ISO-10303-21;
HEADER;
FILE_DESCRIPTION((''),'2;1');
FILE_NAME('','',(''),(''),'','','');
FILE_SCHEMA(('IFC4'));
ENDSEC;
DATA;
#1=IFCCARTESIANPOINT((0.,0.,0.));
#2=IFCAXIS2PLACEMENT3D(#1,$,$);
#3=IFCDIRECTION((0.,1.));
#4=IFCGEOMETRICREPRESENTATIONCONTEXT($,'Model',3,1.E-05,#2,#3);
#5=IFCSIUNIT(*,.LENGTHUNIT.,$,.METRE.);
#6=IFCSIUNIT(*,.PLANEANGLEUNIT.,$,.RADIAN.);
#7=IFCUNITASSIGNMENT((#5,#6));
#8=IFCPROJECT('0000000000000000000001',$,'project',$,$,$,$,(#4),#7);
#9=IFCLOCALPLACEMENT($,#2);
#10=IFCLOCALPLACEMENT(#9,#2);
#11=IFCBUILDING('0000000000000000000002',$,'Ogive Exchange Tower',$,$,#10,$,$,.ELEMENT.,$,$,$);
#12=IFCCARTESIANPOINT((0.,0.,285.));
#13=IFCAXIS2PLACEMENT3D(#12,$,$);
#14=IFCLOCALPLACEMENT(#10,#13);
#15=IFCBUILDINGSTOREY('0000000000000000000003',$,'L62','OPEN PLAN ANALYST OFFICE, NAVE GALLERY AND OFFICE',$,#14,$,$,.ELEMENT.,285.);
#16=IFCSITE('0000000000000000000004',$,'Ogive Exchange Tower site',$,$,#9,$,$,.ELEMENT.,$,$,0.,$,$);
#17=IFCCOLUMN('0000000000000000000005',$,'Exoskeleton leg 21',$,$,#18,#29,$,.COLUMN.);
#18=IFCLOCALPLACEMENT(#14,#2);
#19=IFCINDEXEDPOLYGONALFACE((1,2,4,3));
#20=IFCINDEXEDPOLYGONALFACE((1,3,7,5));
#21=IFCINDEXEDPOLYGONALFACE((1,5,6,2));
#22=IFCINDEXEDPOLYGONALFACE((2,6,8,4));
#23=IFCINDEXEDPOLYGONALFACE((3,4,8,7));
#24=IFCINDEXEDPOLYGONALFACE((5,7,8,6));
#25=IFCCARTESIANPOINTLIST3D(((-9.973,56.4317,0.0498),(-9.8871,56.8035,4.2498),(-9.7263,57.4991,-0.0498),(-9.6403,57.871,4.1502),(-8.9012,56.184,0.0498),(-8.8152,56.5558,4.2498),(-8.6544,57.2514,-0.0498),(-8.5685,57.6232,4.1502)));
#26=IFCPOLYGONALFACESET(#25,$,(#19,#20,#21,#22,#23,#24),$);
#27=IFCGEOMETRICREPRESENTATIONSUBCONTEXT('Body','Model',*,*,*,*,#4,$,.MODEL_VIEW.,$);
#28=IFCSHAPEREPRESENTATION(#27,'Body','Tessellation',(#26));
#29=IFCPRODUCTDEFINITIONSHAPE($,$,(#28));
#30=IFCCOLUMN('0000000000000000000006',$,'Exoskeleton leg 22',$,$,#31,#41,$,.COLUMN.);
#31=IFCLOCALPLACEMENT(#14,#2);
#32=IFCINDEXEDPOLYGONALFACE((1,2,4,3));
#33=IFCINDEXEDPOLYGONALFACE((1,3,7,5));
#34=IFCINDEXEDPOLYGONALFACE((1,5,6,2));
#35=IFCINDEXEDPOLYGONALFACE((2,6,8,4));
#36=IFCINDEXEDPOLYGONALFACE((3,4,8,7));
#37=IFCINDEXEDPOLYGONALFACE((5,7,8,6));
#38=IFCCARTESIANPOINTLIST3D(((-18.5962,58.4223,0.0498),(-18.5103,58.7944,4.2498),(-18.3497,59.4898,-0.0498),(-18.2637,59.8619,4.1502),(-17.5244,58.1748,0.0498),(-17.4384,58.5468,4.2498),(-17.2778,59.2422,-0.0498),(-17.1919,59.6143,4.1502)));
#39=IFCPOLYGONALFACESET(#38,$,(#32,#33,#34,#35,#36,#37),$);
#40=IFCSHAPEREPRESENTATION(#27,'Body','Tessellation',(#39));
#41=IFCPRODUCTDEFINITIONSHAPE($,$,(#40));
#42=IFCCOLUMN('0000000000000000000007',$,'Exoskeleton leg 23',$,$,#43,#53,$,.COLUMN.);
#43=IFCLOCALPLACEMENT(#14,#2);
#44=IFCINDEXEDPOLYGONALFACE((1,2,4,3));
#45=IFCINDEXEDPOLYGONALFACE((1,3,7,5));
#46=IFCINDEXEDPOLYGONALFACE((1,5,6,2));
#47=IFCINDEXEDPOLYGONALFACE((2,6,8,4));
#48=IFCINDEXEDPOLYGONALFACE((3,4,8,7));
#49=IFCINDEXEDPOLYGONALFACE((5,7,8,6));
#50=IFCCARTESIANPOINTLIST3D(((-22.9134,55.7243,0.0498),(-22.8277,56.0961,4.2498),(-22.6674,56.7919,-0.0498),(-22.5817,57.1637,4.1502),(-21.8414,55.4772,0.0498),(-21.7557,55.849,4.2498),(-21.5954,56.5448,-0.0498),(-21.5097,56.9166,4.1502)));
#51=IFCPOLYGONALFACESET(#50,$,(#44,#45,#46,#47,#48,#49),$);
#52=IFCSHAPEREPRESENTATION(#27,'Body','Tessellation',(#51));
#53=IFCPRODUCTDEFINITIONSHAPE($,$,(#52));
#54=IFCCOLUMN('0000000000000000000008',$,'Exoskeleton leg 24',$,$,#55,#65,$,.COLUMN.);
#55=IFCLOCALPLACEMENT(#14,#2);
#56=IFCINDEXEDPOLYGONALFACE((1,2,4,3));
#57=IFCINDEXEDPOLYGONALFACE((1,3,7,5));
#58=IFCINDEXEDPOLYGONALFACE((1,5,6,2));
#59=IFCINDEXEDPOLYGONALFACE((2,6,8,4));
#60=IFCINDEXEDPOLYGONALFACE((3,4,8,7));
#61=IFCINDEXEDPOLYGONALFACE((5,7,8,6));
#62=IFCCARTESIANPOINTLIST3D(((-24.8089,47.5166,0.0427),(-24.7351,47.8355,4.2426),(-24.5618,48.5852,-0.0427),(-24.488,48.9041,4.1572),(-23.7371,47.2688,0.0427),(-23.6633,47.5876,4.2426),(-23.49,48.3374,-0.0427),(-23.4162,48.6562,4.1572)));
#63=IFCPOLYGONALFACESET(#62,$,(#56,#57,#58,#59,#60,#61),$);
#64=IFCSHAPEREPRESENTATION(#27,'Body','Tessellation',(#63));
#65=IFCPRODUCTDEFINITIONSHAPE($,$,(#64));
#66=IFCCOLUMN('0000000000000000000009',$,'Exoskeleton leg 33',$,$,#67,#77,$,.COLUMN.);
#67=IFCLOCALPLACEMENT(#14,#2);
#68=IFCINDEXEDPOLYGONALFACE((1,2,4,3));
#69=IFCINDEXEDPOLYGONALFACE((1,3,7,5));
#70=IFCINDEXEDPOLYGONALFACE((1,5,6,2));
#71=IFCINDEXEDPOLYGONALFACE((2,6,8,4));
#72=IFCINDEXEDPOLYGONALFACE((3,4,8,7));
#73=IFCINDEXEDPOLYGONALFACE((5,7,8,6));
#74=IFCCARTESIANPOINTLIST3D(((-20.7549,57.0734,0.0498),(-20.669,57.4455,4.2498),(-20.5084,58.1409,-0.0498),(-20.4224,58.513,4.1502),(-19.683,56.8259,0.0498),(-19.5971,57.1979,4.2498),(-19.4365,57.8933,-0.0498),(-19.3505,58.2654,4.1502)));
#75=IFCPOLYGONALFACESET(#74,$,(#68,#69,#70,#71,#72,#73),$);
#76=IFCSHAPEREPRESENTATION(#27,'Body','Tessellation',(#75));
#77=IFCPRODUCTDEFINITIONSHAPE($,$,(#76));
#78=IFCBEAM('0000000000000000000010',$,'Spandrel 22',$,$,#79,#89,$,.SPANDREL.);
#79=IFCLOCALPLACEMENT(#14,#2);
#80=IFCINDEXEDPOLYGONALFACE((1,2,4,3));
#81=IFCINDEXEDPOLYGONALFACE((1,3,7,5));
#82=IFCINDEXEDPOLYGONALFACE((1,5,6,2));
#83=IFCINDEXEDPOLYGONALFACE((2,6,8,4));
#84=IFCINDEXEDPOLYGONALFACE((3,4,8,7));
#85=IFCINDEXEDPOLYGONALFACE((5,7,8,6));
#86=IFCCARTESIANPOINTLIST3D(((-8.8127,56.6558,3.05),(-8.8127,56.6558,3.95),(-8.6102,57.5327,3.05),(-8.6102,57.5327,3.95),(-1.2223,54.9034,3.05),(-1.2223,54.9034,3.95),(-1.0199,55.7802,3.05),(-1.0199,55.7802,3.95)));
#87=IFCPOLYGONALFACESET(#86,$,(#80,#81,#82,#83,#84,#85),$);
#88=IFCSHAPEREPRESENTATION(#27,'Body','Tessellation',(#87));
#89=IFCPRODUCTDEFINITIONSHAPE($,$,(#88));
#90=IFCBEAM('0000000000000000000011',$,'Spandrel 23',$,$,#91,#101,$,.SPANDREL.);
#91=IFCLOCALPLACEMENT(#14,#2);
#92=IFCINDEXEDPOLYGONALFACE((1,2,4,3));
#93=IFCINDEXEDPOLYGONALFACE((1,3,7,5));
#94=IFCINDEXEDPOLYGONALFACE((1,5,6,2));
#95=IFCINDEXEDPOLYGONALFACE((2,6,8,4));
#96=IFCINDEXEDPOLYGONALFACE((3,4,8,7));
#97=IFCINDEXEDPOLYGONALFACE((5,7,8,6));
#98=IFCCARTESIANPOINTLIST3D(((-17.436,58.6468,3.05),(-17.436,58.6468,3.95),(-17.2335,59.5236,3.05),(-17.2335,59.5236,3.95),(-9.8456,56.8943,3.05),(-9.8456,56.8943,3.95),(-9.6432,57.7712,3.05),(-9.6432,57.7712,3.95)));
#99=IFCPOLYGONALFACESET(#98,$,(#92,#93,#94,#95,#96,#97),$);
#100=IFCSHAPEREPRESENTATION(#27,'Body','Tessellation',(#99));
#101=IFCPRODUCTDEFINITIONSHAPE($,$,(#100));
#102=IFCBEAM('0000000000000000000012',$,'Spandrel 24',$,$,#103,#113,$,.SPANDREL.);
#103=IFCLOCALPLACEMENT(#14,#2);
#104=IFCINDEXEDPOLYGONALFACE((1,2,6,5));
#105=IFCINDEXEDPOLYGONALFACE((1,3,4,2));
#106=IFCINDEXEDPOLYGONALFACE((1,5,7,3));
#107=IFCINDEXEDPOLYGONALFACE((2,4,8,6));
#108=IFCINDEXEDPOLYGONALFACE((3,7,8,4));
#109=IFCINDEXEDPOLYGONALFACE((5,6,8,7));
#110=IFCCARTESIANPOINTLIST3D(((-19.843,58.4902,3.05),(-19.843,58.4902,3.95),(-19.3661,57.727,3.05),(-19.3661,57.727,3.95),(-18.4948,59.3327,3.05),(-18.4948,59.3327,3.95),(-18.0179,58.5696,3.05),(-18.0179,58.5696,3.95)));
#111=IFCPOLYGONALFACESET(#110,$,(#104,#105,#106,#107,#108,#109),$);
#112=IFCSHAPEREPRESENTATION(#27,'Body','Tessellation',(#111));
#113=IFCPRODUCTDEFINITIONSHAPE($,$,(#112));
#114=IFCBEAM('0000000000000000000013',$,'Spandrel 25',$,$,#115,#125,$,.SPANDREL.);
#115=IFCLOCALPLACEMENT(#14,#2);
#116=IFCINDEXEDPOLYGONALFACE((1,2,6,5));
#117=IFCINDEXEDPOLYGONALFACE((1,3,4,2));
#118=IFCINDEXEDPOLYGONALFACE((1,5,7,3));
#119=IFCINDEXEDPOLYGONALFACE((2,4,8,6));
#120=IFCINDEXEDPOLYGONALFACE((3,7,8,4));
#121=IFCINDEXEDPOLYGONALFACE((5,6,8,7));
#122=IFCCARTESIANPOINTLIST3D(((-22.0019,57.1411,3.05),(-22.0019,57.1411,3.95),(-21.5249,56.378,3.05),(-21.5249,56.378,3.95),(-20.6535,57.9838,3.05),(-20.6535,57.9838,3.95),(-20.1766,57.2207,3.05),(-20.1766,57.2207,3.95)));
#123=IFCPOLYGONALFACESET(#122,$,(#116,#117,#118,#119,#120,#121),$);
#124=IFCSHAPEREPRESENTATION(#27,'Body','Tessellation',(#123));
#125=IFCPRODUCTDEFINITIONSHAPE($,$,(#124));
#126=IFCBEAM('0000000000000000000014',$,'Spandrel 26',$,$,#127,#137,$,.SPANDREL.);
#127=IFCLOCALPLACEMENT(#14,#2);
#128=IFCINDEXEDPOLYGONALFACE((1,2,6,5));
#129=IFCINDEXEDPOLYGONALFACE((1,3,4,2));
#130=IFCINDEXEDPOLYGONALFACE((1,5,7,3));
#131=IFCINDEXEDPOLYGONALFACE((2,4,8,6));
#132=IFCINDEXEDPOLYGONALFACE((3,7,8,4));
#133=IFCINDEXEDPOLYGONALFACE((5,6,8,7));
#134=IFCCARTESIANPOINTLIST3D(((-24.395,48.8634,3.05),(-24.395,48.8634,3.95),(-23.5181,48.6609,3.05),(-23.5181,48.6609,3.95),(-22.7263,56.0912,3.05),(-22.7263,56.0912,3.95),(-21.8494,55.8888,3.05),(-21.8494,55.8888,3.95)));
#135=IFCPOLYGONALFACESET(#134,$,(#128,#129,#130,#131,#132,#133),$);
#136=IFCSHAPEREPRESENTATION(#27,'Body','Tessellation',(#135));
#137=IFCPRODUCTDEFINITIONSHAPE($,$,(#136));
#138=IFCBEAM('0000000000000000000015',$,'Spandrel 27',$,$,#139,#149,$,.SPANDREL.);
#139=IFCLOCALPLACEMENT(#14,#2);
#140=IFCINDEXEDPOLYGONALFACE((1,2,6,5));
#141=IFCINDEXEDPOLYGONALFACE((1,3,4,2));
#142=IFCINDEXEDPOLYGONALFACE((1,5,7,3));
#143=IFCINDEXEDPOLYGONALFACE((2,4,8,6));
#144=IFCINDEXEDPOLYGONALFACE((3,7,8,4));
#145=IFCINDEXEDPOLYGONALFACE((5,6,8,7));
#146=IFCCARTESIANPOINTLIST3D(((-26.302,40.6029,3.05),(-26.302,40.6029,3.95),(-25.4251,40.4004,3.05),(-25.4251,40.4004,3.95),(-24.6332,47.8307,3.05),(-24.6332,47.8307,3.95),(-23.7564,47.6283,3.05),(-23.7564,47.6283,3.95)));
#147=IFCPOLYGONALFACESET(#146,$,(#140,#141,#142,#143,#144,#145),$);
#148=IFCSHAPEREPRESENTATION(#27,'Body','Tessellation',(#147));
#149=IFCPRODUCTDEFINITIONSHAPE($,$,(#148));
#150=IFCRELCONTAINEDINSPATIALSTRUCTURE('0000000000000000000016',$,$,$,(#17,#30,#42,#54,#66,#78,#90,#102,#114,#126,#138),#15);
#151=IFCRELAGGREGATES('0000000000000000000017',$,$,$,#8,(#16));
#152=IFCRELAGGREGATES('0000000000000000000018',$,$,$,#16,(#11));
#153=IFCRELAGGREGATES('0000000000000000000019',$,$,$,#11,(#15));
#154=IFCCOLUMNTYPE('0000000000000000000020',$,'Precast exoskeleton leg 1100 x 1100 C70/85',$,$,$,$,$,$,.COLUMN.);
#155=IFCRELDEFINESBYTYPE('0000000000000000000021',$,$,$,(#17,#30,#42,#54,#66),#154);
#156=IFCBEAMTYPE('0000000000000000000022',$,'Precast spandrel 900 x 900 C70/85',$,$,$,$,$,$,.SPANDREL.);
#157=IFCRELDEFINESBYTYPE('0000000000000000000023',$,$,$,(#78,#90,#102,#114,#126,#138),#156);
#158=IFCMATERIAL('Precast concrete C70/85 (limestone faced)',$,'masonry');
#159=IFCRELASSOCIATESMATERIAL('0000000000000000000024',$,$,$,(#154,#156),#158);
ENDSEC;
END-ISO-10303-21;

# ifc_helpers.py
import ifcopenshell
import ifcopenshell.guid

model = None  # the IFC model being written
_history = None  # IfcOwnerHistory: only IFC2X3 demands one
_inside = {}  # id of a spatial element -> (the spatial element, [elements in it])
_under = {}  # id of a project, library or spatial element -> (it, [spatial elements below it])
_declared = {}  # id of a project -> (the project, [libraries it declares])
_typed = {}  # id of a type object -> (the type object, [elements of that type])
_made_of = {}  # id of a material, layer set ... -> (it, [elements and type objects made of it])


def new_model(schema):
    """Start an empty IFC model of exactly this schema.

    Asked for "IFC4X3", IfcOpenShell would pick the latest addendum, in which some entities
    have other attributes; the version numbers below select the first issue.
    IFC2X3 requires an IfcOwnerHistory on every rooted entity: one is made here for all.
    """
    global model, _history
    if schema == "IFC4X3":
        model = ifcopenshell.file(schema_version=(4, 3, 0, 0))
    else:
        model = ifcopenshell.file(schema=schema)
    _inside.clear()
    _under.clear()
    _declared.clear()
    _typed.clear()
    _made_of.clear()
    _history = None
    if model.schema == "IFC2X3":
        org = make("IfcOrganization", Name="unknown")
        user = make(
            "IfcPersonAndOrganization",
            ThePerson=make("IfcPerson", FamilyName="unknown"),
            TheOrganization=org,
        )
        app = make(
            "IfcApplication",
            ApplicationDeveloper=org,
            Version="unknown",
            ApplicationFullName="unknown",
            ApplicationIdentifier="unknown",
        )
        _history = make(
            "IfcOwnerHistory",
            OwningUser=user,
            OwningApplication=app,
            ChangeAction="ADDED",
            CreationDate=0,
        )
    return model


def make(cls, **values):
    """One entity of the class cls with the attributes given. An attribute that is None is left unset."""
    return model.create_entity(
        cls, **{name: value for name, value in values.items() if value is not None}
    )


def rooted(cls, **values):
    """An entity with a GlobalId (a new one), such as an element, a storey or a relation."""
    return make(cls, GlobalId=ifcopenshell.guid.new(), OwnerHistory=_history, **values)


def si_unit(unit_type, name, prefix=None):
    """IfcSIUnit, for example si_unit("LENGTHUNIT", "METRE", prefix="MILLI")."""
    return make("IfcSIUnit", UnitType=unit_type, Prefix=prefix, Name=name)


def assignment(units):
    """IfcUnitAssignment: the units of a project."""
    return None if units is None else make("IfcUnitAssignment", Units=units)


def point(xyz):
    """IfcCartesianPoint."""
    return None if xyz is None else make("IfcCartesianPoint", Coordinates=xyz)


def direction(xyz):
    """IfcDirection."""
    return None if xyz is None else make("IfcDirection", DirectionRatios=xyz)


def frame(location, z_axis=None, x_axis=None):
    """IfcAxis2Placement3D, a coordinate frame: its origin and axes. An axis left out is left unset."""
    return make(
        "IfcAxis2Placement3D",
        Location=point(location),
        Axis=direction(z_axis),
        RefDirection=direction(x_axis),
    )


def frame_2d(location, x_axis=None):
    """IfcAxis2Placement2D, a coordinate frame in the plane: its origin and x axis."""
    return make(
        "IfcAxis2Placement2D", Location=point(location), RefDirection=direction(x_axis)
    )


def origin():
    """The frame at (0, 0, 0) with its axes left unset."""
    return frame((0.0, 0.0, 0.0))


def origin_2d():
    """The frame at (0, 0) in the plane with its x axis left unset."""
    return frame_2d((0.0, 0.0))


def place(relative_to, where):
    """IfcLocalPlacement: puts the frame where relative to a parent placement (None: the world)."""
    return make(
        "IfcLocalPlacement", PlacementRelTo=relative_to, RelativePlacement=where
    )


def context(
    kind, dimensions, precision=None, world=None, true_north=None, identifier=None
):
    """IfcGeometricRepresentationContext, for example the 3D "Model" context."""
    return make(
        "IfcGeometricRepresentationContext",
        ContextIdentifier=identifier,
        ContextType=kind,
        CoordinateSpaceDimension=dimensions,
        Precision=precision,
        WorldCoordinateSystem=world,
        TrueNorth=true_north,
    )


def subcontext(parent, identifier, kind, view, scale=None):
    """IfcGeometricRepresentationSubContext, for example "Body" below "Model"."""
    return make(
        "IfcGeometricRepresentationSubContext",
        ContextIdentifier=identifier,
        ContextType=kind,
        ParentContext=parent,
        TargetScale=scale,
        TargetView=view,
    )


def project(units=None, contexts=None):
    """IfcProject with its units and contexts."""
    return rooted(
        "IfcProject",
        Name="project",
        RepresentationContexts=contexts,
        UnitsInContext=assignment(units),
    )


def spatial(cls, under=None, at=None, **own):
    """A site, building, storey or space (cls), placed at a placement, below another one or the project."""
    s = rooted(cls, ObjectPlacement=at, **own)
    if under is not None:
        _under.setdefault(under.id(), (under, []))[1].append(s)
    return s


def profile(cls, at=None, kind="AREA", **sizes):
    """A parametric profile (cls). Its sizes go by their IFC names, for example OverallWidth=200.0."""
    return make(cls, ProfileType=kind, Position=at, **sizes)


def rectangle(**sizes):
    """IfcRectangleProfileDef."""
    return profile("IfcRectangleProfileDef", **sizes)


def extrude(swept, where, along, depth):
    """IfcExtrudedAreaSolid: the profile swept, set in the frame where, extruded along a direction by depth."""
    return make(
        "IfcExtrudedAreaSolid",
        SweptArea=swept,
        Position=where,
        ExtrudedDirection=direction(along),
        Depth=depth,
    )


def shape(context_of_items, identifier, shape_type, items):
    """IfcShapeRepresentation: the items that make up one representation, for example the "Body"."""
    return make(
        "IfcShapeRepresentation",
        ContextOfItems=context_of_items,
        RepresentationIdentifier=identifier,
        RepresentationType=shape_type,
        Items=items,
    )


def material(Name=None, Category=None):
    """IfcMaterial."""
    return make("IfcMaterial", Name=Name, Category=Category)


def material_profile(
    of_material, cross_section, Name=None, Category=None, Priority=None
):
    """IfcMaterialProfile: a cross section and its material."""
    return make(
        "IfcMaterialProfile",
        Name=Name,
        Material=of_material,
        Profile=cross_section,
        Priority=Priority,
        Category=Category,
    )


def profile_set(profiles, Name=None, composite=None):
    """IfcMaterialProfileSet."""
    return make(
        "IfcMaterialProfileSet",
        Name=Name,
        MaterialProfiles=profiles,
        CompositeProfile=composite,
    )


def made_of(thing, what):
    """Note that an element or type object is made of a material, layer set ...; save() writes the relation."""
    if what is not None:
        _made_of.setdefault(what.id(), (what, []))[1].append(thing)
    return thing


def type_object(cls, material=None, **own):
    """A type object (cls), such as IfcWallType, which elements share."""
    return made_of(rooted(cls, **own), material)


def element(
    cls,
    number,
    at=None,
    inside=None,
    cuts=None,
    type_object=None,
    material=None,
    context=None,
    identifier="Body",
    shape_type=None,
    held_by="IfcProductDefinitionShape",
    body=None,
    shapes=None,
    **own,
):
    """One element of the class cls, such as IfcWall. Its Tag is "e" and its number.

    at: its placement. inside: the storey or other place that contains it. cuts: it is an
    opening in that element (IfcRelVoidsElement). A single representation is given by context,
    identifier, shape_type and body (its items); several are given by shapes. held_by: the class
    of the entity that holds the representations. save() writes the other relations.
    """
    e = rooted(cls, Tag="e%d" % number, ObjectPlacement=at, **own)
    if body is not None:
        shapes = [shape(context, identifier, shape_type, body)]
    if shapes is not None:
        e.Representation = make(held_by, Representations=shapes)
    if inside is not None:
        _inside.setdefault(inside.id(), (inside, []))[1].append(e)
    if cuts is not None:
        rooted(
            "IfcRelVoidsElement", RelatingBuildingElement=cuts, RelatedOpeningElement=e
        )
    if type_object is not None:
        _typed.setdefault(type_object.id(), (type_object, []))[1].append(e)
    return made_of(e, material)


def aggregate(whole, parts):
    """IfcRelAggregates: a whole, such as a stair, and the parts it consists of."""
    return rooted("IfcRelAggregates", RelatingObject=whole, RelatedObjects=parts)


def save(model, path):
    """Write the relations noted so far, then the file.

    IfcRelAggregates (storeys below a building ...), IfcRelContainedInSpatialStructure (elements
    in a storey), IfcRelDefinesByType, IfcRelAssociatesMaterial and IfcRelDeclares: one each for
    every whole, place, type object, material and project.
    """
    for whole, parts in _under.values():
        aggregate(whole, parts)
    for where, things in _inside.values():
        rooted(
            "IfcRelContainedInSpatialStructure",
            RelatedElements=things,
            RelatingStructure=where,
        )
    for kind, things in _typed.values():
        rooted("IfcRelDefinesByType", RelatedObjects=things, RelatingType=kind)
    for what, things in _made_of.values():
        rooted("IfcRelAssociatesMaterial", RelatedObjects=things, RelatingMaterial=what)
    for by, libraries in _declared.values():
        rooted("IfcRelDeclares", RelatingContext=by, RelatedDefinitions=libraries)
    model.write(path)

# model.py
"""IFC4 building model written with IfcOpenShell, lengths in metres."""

from ifc_helpers import new_model, si_unit, direction, frame, origin, origin_2d, place, context, subcontext, project, spatial, rectangle, extrude, material, material_profile, profile_set, type_object, element, save


model = new_model("IFC4")

# Units and contexts
model_context = context("Model", 3, precision=1e-05, world=origin(), true_north=direction((0.0, 1.0)))
body_context = subcontext(model_context, "Body", "Model", "MODEL_VIEW")
ifc_project = project(units=[si_unit("LENGTHUNIT", "METRE"), si_unit("PLANEANGLEUNIT", "RADIAN")], contexts=[model_context])

# Site, building, storey
site_placement = place(None, origin())
site = spatial("IfcSite", under=ifc_project, at=site_placement, Name="Ogive Exchange Tower site", CompositionType="ELEMENT", RefElevation=0.0)
building_placement = place(site_placement, origin())
building = spatial("IfcBuilding", under=site, at=building_placement, Name="Ogive Exchange Tower", CompositionType="ELEMENT")
storey_placement = place(building_placement, frame((0.0, 0.0, 285.0)))
storey = spatial("IfcBuildingStorey", under=building, at=storey_placement, Name="L62", Description="OPEN PLAN ANALYST OFFICE, NAVE GALLERY AND OFFICE", CompositionType="ELEMENT", Elevation=285.0)

# Columns
ifc_material_1 = material(Name="Precast concrete C70/85 (limestone faced)", Category="masonry")
ifc_material_profile_1 = material_profile(ifc_material_1, rectangle(XDim=1.1001, YDim=1.1001, at=origin_2d()), Name="1100 x 1100")
ifc_profile_set_1 = profile_set([ifc_material_profile_1], Name="Precast concrete C70/85 (limestone faced)")
column_type = type_object("IfcColumnType", Name="Precast exoskeleton leg 1100 x 1100 C70/85", PredefinedType="COLUMN", material=ifc_profile_set_1)
for number, where, z_axis, x_axis, name in (
    (1, (-9.3137, 56.8416, 0.0), (0.020378, 0.088168, 0.995897), (-0.974316, 0.225187, 0.0), "Exoskeleton leg 21"),
    (2, (-17.937, 58.8323, 0.0), (0.020377, 0.088225, 0.995892), (-0.974348, 0.225046, 0.0), "Exoskeleton leg 22"),
    (3, (-22.2544, 56.1345, 0.0), (0.02032, 0.088168, 0.995898), (-0.974456, 0.224579, 0.0), "Exoskeleton leg 23"),
):
    element("IfcColumn", number, at=place(storey_placement, frame(where, z_axis=z_axis, x_axis=x_axis)), inside=storey, type_object=column_type, Name=name, PredefinedType="COLUMN", context=body_context, shape_type="SweptSolid", body=[
        extrude(rectangle(XDim=1.1001, YDim=1.1001, at=origin_2d()), origin(), (0.0, 0.0, 1.0), 4.2173),
    ])
column_1_placement = place(storey_placement, frame((-24.1494, 47.927, 0.0), z_axis=(0.017502, 0.075688, 0.996978), x_axis=(-0.974291, 0.225295, 0.0)))
element("IfcColumn", 4, at=column_1_placement, inside=storey, type_object=column_type, Name="Exoskeleton leg 24", PredefinedType="COLUMN", context=body_context, shape_type="SweptSolid", body=[
    extrude(rectangle(XDim=1.1001, YDim=1.1001, at=origin_2d()), origin(), (0.0, 0.0, 1.0), 4.2126),
])
column_2_placement = place(storey_placement, frame((-20.0957, 57.4834, 0.0), z_axis=(0.020377, 0.088225, 0.995892), x_axis=(-0.974348, 0.225046, 0.0)))
element("IfcColumn", 5, at=column_2_placement, inside=storey, type_object=column_type, Name="Exoskeleton leg 33", PredefinedType="COLUMN", context=body_context, shape_type="SweptSolid", body=[
    extrude(rectangle(XDim=1.1001, YDim=1.1001, at=origin_2d()), origin(), (0.0, 0.0, 1.0), 4.2173),
])

# Beams
ifc_material_profile_2 = material_profile(ifc_material_1, rectangle(XDim=0.8999, YDim=0.8999, at=origin_2d()), Name="900 x 900")
ifc_profile_set_2 = profile_set([ifc_material_profile_2], Name="Precast concrete C70/85 (limestone faced)")
beam_type = type_object("IfcBeamType", Name="Precast spandrel 900 x 900 C70/85", PredefinedType="SPANDREL", material=ifc_profile_set_2)
for number, where, z_axis, x_axis, name in (
    (6, (-1.1211, 55.3418, 3.5), (-0.974368, 0.22496, 0.0), (-0.22496, -0.974368, 0.0), "Spandrel 22"),
    (7, (-9.7444, 57.3328, 3.5), (-0.974368, 0.22496, 0.0), (-0.22496, -0.974368, 0.0), "Spandrel 23"),
):
    element("IfcBeam", number, at=place(storey_placement, frame(where, z_axis=z_axis, x_axis=x_axis)), inside=storey, type_object=beam_type, Name=name, PredefinedType="SPANDREL", context=body_context, shape_type="SweptSolid", body=[
        extrude(rectangle(XDim=0.8999, YDim=0.8999, at=origin_2d()), origin(), (0.0, 0.0, 1.0), 7.79),
    ])
beam_1_placement = place(storey_placement, frame((-18.2563, 58.9512, 3.5), z_axis=(-0.848016, -0.529971, 0.0), x_axis=(0.529971, -0.848016, 0.0)))
element("IfcBeam", 8, at=beam_1_placement, inside=storey, type_object=beam_type, Name="Spandrel 24", PredefinedType="SPANDREL", context=body_context, shape_type="SweptSolid", body=[
    extrude(rectangle(XDim=0.8999, YDim=0.8999, at=origin_2d()), origin(), (0.0, 0.0, 1.0), 1.5898),
])
beam_2_placement = place(storey_placement, frame((-20.415, 57.6023, 3.5), z_axis=(-0.84799, -0.530013, 0.0), x_axis=(0.530013, -0.84799, 0.0)))
element("IfcBeam", 9, at=beam_2_placement, inside=storey, type_object=beam_type, Name="Spandrel 25", PredefinedType="SPANDREL", context=body_context, shape_type="SweptSolid", body=[
    extrude(rectangle(XDim=0.8999, YDim=0.8999, at=origin_2d()), origin(), (0.0, 0.0, 1.0), 1.5901),
])
for number, where, z_axis, x_axis, name in (
    (10, (-22.2878, 55.99, 3.5), (-0.224956, -0.974369, 0.0), (0.974369, -0.224956, 0.0), "Spandrel 26"),
    (11, (-24.1948, 47.7295, 3.5), (-0.224956, -0.974369, 0.0), (0.974369, -0.224956, 0.0), "Spandrel 27"),
):
    element("IfcBeam", number, at=place(storey_placement, frame(where, z_axis=z_axis, x_axis=x_axis)), inside=storey, type_object=beam_type, Name=name, PredefinedType="SPANDREL", context=body_context, shape_type="SweptSolid", body=[
        extrude(rectangle(XDim=0.8999, YDim=0.8999, at=origin_2d()), origin(), (0.0, 0.0, 1.0), 7.418),
    ])

save(model, "model.ifc")
